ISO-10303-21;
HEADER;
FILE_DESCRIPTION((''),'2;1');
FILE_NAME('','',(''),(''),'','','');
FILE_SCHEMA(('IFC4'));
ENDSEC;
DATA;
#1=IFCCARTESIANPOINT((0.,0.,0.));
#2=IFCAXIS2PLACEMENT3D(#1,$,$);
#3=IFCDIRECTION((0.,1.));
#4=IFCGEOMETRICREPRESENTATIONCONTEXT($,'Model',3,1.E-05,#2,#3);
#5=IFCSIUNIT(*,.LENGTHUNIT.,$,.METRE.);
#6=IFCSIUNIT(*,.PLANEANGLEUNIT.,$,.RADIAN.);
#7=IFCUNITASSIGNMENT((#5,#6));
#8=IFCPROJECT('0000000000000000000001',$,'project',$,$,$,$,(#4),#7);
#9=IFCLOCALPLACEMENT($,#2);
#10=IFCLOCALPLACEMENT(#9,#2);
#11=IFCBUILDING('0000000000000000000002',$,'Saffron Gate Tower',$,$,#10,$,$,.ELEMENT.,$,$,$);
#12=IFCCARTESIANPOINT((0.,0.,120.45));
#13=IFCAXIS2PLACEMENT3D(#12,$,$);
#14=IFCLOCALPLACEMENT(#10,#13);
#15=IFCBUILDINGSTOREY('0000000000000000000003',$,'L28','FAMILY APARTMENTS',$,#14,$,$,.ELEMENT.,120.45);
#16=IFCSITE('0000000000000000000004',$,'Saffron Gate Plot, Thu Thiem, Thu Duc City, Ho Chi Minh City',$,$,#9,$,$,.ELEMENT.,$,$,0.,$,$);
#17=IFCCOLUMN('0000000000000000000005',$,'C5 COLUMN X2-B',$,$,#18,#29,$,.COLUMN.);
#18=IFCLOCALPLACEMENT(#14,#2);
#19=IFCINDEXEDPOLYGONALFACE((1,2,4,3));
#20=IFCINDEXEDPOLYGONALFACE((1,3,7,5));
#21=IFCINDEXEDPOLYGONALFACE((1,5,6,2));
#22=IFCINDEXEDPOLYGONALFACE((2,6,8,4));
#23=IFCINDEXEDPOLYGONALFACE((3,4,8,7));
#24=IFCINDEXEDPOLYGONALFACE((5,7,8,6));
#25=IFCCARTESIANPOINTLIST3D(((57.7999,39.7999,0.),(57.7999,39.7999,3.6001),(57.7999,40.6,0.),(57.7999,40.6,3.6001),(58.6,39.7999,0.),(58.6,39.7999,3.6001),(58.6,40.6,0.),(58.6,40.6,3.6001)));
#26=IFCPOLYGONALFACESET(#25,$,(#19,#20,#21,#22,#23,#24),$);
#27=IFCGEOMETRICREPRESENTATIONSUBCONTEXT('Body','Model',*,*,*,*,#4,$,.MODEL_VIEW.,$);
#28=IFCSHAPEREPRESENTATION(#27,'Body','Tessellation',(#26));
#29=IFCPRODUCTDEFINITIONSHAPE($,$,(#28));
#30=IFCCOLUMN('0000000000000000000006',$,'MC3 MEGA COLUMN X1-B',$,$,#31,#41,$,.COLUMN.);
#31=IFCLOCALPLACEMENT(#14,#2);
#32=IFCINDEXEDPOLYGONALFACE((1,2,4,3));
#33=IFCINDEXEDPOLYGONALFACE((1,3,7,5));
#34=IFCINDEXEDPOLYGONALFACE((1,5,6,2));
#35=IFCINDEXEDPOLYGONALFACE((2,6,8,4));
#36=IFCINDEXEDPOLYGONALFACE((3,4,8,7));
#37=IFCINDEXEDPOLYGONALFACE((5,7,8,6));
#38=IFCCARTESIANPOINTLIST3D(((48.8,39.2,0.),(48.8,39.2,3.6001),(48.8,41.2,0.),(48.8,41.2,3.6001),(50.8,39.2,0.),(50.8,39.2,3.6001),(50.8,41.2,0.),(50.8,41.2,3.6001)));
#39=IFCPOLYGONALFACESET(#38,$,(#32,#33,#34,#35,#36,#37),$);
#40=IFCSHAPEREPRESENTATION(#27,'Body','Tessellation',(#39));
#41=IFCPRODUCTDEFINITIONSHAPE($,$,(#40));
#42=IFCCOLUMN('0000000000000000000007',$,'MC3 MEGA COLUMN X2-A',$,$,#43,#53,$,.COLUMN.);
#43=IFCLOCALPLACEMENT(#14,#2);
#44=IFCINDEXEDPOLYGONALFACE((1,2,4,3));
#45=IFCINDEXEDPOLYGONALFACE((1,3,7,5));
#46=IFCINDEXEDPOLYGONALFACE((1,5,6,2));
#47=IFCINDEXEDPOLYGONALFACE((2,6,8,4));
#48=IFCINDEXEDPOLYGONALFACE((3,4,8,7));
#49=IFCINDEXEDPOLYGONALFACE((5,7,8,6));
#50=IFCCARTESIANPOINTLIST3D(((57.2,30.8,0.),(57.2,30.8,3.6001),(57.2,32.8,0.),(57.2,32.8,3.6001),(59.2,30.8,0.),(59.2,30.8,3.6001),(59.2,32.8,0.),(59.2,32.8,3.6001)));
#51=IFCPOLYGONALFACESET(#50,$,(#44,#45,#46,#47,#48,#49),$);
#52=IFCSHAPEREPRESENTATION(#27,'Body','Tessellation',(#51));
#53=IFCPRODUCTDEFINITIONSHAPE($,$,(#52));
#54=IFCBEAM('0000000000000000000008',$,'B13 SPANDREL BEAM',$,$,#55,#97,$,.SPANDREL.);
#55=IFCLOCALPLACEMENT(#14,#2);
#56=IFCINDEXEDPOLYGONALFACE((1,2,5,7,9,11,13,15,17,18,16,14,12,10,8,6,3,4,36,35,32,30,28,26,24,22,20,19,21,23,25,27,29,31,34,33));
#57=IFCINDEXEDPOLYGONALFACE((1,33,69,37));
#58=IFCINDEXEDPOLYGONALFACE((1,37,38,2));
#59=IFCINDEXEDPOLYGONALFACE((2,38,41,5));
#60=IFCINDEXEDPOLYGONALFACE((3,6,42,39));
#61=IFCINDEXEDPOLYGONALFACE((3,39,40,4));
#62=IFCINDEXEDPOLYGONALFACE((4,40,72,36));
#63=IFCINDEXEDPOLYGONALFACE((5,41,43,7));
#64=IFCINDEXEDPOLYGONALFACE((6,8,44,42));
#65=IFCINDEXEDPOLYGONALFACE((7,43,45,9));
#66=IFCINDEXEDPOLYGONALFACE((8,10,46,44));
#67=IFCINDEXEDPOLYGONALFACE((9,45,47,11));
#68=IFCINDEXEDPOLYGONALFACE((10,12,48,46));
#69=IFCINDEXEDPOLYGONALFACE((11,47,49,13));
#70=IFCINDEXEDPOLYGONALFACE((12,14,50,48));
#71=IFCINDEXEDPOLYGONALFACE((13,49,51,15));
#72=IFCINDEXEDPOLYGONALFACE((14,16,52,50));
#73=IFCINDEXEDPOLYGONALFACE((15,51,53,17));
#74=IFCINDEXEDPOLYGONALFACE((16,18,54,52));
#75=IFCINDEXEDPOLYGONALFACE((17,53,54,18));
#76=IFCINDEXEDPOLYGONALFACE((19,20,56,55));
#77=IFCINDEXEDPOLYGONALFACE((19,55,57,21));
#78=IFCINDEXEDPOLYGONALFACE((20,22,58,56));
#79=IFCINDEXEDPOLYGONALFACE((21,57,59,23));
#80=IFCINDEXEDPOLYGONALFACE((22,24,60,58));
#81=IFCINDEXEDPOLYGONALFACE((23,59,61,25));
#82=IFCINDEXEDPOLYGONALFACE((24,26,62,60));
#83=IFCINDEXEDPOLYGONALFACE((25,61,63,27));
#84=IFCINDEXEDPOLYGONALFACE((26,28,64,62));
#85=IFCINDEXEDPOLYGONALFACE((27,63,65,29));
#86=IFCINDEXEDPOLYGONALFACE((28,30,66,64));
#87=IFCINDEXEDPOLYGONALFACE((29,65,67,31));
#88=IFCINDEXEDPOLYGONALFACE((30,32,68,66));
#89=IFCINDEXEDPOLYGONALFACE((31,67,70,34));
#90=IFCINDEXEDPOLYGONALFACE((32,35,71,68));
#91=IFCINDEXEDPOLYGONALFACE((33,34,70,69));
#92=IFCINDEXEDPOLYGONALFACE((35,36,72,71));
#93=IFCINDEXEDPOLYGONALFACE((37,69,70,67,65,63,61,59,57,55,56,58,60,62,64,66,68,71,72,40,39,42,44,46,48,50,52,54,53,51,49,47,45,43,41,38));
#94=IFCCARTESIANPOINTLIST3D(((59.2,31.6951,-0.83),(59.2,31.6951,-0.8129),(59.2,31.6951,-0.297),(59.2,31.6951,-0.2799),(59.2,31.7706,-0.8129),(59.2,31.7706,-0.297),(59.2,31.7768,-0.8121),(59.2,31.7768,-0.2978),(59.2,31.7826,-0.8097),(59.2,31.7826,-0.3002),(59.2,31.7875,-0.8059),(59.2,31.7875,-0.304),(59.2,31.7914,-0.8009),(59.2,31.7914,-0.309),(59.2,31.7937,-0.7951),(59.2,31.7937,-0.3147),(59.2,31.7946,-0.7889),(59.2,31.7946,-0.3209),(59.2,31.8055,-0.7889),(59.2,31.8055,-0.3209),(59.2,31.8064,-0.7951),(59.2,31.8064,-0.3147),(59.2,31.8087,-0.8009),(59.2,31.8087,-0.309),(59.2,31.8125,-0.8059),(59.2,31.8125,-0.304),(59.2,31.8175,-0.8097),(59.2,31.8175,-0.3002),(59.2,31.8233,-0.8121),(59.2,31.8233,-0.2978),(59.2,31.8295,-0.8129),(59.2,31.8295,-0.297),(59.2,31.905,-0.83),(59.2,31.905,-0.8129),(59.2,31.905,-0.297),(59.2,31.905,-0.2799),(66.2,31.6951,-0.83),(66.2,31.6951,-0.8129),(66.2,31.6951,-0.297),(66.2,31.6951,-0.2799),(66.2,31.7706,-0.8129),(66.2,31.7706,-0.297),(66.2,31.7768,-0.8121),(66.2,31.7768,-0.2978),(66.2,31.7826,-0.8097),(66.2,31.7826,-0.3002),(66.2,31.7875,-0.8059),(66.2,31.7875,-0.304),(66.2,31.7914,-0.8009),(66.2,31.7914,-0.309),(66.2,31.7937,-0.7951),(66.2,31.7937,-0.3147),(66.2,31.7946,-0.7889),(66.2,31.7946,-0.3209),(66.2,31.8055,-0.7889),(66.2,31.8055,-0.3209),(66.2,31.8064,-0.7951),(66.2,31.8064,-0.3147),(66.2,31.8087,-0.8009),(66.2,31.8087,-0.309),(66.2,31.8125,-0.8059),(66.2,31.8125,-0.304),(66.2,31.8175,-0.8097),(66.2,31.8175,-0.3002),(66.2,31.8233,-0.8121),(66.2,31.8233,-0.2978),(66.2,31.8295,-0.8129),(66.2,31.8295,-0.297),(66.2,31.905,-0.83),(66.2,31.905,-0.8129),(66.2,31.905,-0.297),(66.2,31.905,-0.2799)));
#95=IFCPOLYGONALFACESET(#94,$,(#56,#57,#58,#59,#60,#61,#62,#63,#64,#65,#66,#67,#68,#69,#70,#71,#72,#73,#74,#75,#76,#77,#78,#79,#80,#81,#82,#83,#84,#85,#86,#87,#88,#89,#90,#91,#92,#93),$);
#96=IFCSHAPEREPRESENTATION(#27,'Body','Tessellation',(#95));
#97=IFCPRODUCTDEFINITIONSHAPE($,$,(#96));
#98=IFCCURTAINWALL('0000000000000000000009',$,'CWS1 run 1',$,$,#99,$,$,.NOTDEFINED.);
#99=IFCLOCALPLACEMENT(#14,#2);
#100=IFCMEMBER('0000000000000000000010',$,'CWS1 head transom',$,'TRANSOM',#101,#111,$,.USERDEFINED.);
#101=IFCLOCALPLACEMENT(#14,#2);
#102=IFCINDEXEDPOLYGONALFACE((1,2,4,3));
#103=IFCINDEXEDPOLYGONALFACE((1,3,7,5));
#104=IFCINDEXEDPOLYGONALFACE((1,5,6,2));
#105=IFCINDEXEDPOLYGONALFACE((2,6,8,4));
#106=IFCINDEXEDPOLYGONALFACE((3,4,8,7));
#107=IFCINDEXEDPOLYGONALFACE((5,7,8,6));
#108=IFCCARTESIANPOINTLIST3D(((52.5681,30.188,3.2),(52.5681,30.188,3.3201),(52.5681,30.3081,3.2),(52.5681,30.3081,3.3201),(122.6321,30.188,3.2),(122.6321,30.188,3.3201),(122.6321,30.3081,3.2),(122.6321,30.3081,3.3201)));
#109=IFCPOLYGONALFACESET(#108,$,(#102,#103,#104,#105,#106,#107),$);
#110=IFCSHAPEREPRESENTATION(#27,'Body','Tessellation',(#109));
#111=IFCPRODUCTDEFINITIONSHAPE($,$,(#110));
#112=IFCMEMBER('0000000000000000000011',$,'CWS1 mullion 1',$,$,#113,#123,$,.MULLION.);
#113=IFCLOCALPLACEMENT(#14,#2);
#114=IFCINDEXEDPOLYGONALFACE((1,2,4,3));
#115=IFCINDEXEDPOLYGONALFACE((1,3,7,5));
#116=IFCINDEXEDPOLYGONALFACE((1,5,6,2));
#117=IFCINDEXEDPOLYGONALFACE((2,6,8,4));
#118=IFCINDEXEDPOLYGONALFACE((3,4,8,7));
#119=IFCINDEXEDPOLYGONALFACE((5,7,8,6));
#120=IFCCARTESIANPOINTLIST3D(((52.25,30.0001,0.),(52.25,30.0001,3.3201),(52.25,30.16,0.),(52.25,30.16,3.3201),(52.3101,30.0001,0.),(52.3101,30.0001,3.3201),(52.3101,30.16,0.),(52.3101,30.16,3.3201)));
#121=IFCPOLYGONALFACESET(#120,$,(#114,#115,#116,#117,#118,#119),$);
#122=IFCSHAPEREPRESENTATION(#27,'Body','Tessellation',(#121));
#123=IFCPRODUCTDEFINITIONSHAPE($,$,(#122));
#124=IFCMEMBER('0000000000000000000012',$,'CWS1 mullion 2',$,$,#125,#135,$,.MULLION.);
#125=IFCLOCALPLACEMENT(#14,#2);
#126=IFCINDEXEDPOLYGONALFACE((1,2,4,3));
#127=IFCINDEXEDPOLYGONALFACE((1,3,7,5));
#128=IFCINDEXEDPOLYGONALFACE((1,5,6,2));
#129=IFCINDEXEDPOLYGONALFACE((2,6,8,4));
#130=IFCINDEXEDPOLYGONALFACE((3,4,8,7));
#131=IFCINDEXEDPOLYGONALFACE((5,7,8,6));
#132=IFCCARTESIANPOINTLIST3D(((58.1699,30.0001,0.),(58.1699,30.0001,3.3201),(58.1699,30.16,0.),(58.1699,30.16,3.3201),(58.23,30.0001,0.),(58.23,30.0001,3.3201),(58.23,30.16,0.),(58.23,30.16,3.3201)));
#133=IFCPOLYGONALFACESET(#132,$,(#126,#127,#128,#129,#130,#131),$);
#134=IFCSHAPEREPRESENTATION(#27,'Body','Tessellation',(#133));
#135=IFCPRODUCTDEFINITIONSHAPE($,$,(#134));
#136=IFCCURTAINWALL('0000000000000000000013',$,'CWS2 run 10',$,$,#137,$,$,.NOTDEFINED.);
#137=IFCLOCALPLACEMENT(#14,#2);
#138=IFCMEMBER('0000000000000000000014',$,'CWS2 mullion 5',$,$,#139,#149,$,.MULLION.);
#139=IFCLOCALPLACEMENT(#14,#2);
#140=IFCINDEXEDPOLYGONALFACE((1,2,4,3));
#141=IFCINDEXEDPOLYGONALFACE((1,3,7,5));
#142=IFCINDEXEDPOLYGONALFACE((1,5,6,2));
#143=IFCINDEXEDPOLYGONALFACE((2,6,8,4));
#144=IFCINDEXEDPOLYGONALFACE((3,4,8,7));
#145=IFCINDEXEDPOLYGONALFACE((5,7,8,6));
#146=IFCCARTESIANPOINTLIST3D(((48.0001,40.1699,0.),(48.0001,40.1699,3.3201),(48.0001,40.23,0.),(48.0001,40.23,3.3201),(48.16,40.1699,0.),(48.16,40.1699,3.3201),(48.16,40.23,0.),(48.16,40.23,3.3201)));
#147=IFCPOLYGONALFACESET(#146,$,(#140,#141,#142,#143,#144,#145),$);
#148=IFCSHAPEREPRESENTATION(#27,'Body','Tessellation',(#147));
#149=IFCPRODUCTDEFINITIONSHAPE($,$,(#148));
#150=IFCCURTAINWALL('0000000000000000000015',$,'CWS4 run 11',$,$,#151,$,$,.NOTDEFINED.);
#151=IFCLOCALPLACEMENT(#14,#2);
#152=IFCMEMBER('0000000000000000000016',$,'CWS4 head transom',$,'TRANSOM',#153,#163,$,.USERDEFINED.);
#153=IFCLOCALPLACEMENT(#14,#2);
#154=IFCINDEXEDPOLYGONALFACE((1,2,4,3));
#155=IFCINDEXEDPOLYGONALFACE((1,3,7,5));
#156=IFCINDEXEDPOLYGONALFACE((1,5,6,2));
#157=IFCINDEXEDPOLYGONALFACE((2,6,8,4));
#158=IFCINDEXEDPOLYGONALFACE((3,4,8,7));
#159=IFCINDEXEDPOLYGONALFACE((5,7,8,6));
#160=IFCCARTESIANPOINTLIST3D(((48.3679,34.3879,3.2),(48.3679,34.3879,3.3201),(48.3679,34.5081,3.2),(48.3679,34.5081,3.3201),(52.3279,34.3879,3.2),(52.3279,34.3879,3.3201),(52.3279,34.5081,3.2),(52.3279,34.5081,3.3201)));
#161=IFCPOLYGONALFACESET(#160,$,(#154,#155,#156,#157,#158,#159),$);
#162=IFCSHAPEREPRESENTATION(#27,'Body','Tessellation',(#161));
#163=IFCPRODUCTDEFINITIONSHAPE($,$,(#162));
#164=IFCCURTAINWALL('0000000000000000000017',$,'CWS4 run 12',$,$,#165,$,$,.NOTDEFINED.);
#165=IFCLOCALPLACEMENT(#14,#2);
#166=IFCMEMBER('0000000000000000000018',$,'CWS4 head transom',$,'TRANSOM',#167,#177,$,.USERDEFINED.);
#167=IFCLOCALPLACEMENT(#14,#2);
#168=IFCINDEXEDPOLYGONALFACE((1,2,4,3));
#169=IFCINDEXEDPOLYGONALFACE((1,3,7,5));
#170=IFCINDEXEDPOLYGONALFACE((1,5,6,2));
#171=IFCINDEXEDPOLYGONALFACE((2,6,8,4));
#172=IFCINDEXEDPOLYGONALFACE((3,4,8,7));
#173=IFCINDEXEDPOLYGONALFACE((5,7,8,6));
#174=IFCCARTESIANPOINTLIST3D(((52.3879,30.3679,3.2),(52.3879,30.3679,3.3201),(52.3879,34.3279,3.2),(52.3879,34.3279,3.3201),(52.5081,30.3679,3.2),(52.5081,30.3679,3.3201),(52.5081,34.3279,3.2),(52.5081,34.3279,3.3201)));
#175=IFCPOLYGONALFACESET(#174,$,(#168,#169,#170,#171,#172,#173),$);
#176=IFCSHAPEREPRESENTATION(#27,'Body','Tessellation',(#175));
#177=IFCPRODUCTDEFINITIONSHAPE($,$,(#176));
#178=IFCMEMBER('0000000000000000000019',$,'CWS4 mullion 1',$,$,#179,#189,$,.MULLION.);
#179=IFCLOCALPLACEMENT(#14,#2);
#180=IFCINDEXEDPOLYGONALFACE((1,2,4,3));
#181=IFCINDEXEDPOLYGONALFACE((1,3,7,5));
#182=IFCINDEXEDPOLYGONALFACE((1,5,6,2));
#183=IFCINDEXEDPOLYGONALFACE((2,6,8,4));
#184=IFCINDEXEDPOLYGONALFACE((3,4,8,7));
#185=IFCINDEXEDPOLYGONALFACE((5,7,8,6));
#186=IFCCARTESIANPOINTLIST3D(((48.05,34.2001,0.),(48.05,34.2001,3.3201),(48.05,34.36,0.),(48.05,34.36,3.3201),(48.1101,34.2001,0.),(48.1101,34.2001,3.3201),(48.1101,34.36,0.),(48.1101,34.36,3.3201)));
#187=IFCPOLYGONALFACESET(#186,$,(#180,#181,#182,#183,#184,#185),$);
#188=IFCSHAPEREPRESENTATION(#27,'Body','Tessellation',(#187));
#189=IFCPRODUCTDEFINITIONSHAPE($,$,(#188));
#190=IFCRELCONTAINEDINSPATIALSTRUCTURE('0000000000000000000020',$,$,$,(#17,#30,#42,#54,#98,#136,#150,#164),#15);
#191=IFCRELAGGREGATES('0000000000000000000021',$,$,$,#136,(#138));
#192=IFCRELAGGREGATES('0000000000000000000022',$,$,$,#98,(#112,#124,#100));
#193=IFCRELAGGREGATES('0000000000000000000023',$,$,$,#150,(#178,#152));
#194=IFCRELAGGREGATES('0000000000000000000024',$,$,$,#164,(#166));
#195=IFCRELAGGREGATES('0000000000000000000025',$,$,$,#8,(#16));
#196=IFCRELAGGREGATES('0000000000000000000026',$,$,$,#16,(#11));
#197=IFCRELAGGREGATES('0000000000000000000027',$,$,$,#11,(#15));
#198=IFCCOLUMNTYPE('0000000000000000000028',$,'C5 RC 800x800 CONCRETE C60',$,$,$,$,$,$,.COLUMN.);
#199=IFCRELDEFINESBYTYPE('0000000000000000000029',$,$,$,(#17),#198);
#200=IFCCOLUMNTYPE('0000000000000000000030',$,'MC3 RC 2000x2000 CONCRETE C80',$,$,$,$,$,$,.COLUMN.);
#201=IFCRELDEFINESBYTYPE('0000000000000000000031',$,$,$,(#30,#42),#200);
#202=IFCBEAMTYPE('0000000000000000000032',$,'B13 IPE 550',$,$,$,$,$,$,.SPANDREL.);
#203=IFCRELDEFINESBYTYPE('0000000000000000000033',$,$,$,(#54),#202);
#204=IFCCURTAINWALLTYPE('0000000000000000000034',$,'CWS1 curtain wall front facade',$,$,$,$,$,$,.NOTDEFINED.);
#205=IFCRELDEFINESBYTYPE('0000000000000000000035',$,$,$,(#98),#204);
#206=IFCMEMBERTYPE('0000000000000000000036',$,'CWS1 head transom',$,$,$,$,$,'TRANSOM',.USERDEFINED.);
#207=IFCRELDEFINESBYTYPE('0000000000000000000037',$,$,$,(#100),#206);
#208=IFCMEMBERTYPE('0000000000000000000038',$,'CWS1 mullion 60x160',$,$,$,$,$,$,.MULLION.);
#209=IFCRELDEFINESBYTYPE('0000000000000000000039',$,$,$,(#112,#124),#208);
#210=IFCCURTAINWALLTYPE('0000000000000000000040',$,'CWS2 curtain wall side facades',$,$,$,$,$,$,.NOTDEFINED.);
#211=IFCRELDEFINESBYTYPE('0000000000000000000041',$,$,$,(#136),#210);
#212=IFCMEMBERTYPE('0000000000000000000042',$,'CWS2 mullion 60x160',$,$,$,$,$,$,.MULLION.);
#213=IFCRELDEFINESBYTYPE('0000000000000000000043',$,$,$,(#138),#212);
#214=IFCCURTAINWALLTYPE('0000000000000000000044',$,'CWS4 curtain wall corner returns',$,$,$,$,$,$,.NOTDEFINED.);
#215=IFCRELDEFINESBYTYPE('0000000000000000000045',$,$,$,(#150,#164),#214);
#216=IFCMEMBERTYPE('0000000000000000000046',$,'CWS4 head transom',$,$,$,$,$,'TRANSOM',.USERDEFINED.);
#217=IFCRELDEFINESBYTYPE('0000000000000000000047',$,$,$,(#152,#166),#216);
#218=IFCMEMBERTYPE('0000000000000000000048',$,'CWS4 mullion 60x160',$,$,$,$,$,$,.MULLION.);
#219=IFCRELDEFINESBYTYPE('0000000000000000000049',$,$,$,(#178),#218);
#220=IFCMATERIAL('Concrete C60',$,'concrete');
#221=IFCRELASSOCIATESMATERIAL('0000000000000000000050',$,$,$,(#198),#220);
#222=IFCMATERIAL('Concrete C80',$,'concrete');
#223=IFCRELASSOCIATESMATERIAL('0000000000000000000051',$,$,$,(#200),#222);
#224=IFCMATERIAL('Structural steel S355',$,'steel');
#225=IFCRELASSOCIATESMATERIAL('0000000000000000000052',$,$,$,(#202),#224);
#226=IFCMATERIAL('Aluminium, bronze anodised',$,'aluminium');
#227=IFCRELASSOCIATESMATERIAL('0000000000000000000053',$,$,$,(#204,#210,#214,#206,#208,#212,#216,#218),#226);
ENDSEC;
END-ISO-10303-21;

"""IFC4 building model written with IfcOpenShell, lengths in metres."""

from ifc_helpers import new_model, si_unit, direction, frame, origin, origin_2d, place, context, subcontext, project, spatial, rectangle, i_section, extrude, material, material_profile, profile_set, type_object, element, aggregate, save


model = new_model("IFC4")

# Units and contexts
model_context = context("Model", 3, precision=1e-05, world=origin(), true_north=direction((0.0, 1.0)))
body_context = subcontext(model_context, "Body", "Model", "MODEL_VIEW")
ifc_project = project(units=[si_unit("LENGTHUNIT", "METRE"), si_unit("PLANEANGLEUNIT", "RADIAN")], contexts=[model_context])

# Site, building, storey
site_placement = place(None, origin())
site = spatial("IfcSite", under=ifc_project, at=site_placement, Name="Saffron Gate Plot, Thu Thiem, Thu Duc City, Ho Chi Minh City", CompositionType="ELEMENT", RefElevation=0.0)
building_placement = place(site_placement, origin())
building = spatial("IfcBuilding", under=site, at=building_placement, Name="Saffron Gate Tower", CompositionType="ELEMENT")
storey_placement = place(building_placement, frame((0.0, 0.0, 120.45)))
storey = spatial("IfcBuildingStorey", under=building, at=storey_placement, Name="L28", Description="FAMILY APARTMENTS", CompositionType="ELEMENT", Elevation=120.45)

# Columns
ifc_material_1 = material(Name="Concrete C60", Category="concrete")
ifc_material_profile_1 = material_profile(ifc_material_1, rectangle(XDim=0.8, YDim=0.8, at=origin_2d()))
ifc_profile_set_1 = profile_set([ifc_material_profile_1], Name="Concrete C60")
column_type_1 = type_object("IfcColumnType", Name="C5 RC 800x800 CONCRETE C60", PredefinedType="COLUMN", material=ifc_profile_set_1)
column_placement = place(storey_placement, frame((58.2, 40.2, 0.0), z_axis=(0.0, 0.0, 1.0), x_axis=(1.0, 0.0, 0.0)))
element("IfcColumn", 1, at=column_placement, inside=storey, type_object=column_type_1, Name="C5 COLUMN X2-B", PredefinedType="COLUMN", context=body_context, shape_type="SweptSolid", body=[
    extrude(rectangle(XDim=0.8, YDim=0.8, at=origin_2d()), origin(), (0.0, 0.0, 1.0), 3.6001),
])
ifc_material_2 = material(Name="Concrete C80", Category="concrete")
ifc_material_profile_2 = material_profile(ifc_material_2, rectangle(XDim=2.0, YDim=2.0, at=origin_2d()))
ifc_profile_set_2 = profile_set([ifc_material_profile_2], Name="Concrete C80")
column_type_2 = type_object("IfcColumnType", Name="MC3 RC 2000x2000 CONCRETE C80", PredefinedType="COLUMN", material=ifc_profile_set_2)
for number, where, z_axis, x_axis, name in (
    (2, (49.8, 40.2, 0.0), (0.0, 0.0, 1.0), (1.0, 0.0, 0.0), "MC3 MEGA COLUMN X1-B"),
    (3, (58.2, 31.8, 0.0), (0.0, 0.0, 1.0), (1.0, 0.0, 0.0), "MC3 MEGA COLUMN X2-A"),
):
    element("IfcColumn", number, at=place(storey_placement, frame(where, z_axis=z_axis, x_axis=x_axis)), inside=storey, type_object=column_type_2, Name=name, PredefinedType="COLUMN", context=body_context, shape_type="SweptSolid", body=[
        extrude(rectangle(XDim=2.0, YDim=2.0, at=origin_2d()), origin(), (0.0, 0.0, 1.0), 3.6001),
    ])

# Beam
ifc_material_3 = material(Name="Structural steel S355", Category="steel")
ifc_material_profile_3 = material_profile(ifc_material_3, i_section(OverallWidth=0.21, OverallDepth=0.55, WebThickness=0.011, FlangeThickness=0.0171, FilletRadius=0.0239, at=origin_2d()))
ifc_profile_set_3 = profile_set([ifc_material_profile_3], Name="Structural steel S355")
beam_type = type_object("IfcBeamType", Name="B13 IPE 550", PredefinedType="SPANDREL", material=ifc_profile_set_3)
beam_placement = place(storey_placement, frame((59.2, 31.8, -0.5549), z_axis=(1.0, 0.0, 0.0), x_axis=(0.0, 1.0, 0.0)))
element("IfcBeam", 4, at=beam_placement, inside=storey, type_object=beam_type, Name="B13 SPANDREL BEAM", PredefinedType="SPANDREL", context=body_context, shape_type="SweptSolid", body=[
    extrude(i_section(OverallWidth=0.21, OverallDepth=0.55, WebThickness=0.011, FlangeThickness=0.0171, FilletRadius=0.0239, at=origin_2d()), origin(), (0.0, 0.0, 1.0), 7.0),
])

# Curtain wall, members
ifc_material_4 = material(Name="Aluminium, bronze anodised", Category="aluminium")
curtain_wall_type_1 = type_object("IfcCurtainWallType", Name="CWS1 curtain wall front facade", PredefinedType="NOTDEFINED", material=ifc_material_4)
curtain_wall_1_placement = place(storey_placement, origin())
curtain_wall_1 = element("IfcCurtainWall", 5, at=curtain_wall_1_placement, inside=storey, type_object=curtain_wall_type_1, Name="CWS1 run 1", PredefinedType="NOTDEFINED")
ifc_material_profile_4 = material_profile(ifc_material_4, rectangle(XDim=0.1201, YDim=0.1201, at=origin_2d()))
ifc_profile_set_4 = profile_set([ifc_material_profile_4], Name="Aluminium, bronze anodised")
member_type_1 = type_object("IfcMemberType", Name="CWS1 head transom", ElementType="TRANSOM", PredefinedType="USERDEFINED", material=ifc_profile_set_4)
member_1_placement = place(storey_placement, frame((52.5681, 30.248, 3.26), z_axis=(1.0, 0.0, 0.0), x_axis=(0.0, 1.0, 0.0)))
member_1 = element("IfcMember", 6, at=member_1_placement, type_object=member_type_1, Name="CWS1 head transom", ObjectType="TRANSOM", PredefinedType="USERDEFINED", context=body_context, shape_type="SweptSolid", body=[
    extrude(rectangle(XDim=0.1201, YDim=0.1201, at=origin_2d()), origin(), (0.0, 0.0, 1.0), 70.064),
])
ifc_material_profile_5 = material_profile(ifc_material_4, rectangle(XDim=0.1599, YDim=0.0601, at=origin_2d()))
ifc_profile_set_5 = profile_set([ifc_material_profile_5], Name="Aluminium, bronze anodised")
member_type_2 = type_object("IfcMemberType", Name="CWS1 mullion 60x160", PredefinedType="MULLION", material=ifc_profile_set_5)
member_2_placement = place(storey_placement, frame((52.28, 30.0801, 0.0), z_axis=(0.0, 0.0, 1.0), x_axis=(0.0, 1.0, 0.0)))
member_2 = element("IfcMember", 7, at=member_2_placement, type_object=member_type_2, Name="CWS1 mullion 1", PredefinedType="MULLION", context=body_context, shape_type="SweptSolid", body=[
    extrude(rectangle(XDim=0.1599, YDim=0.0601, at=origin_2d()), origin(), (0.0, 0.0, 1.0), 3.3201),
])
member_3_placement = place(storey_placement, frame((58.2, 30.0801, 0.0), z_axis=(0.0, 0.0, 1.0), x_axis=(0.0, 1.0, 0.0)))
member_3 = element("IfcMember", 8, at=member_3_placement, type_object=member_type_2, Name="CWS1 mullion 2", PredefinedType="MULLION", context=body_context, shape_type="SweptSolid", body=[
    extrude(rectangle(XDim=0.1599, YDim=0.0601, at=origin_2d()), origin(), (0.0, 0.0, 1.0), 3.3201),
])

# Curtain walls, members
curtain_wall_type_2 = type_object("IfcCurtainWallType", Name="CWS2 curtain wall side facades", PredefinedType="NOTDEFINED", material=ifc_material_4)
curtain_wall_2_placement = place(storey_placement, origin())
curtain_wall_2 = element("IfcCurtainWall", 9, at=curtain_wall_2_placement, inside=storey, type_object=curtain_wall_type_2, Name="CWS2 run 10", PredefinedType="NOTDEFINED")
ifc_material_profile_6 = material_profile(ifc_material_4, rectangle(XDim=0.1599, YDim=0.0601, at=origin_2d()))
ifc_profile_set_6 = profile_set([ifc_material_profile_6], Name="Aluminium, bronze anodised")
member_type_3 = type_object("IfcMemberType", Name="CWS2 mullion 60x160", PredefinedType="MULLION", material=ifc_profile_set_6)
member_4_placement = place(storey_placement, frame((48.0801, 40.2, 0.0), z_axis=(0.0, 0.0, 1.0), x_axis=(1.0, 0.0, 0.0)))
member_4 = element("IfcMember", 10, at=member_4_placement, type_object=member_type_3, Name="CWS2 mullion 5", PredefinedType="MULLION", context=body_context, shape_type="SweptSolid", body=[
    extrude(rectangle(XDim=0.1599, YDim=0.0601, at=origin_2d()), origin(), (0.0, 0.0, 1.0), 3.3201),
])
aggregate(curtain_wall_2, [member_4])
curtain_wall_type_3 = type_object("IfcCurtainWallType", Name="CWS4 curtain wall corner returns", PredefinedType="NOTDEFINED", material=ifc_material_4)
curtain_wall_3_placement = place(storey_placement, origin())
curtain_wall_3 = element("IfcCurtainWall", 11, at=curtain_wall_3_placement, inside=storey, type_object=curtain_wall_type_3, Name="CWS4 run 11", PredefinedType="NOTDEFINED")
ifc_material_profile_7 = material_profile(ifc_material_4, rectangle(XDim=0.1201, YDim=0.1201, at=origin_2d()))
ifc_profile_set_7 = profile_set([ifc_material_profile_7], Name="Aluminium, bronze anodised")
member_type_4 = type_object("IfcMemberType", Name="CWS4 head transom", ElementType="TRANSOM", PredefinedType="USERDEFINED", material=ifc_profile_set_7)
member_5_placement = place(storey_placement, frame((48.3679, 34.448, 3.26), z_axis=(1.0, 0.0, 0.0), x_axis=(0.0, 1.0, 0.0)))
member_5 = element("IfcMember", 12, at=member_5_placement, type_object=member_type_4, Name="CWS4 head transom", ObjectType="TRANSOM", PredefinedType="USERDEFINED", context=body_context, shape_type="SweptSolid", body=[
    extrude(rectangle(XDim=0.1201, YDim=0.1201, at=origin_2d()), origin(), (0.0, 0.0, 1.0), 3.96),
])
curtain_wall_4_placement = place(storey_placement, origin())
curtain_wall_4 = element("IfcCurtainWall", 13, at=curtain_wall_4_placement, inside=storey, type_object=curtain_wall_type_3, Name="CWS4 run 12", PredefinedType="NOTDEFINED")
member_6_placement = place(storey_placement, frame((52.448, 34.3279, 3.26), z_axis=(0.0, -1.0, 0.0), x_axis=(1.0, 0.0, 0.0)))
member_6 = element("IfcMember", 14, at=member_6_placement, type_object=member_type_4, Name="CWS4 head transom", ObjectType="TRANSOM", PredefinedType="USERDEFINED", context=body_context, shape_type="SweptSolid", body=[
    extrude(rectangle(XDim=0.1201, YDim=0.1201, at=origin_2d()), origin(), (0.0, 0.0, 1.0), 3.96),
])

# Member
ifc_material_profile_8 = material_profile(ifc_material_4, rectangle(XDim=0.1599, YDim=0.0601, at=origin_2d()))
ifc_profile_set_8 = profile_set([ifc_material_profile_8], Name="Aluminium, bronze anodised")
member_type_5 = type_object("IfcMemberType", Name="CWS4 mullion 60x160", PredefinedType="MULLION", material=ifc_profile_set_8)
member_7_placement = place(storey_placement, frame((48.0801, 34.28, 0.0), z_axis=(0.0, 0.0, 1.0), x_axis=(0.0, 1.0, 0.0)))
member_7 = element("IfcMember", 15, at=member_7_placement, type_object=member_type_5, Name="CWS4 mullion 1", PredefinedType="MULLION", context=body_context, shape_type="SweptSolid", body=[
    extrude(rectangle(XDim=0.1599, YDim=0.0601, at=origin_2d()), origin(), (0.0, 0.0, 1.0), 3.3201),
])

aggregate(curtain_wall_1, [member_2, member_3, member_1])

aggregate(curtain_wall_3, [member_7, member_5])
aggregate(curtain_wall_4, [member_6])

save(model, "model.ifc")
